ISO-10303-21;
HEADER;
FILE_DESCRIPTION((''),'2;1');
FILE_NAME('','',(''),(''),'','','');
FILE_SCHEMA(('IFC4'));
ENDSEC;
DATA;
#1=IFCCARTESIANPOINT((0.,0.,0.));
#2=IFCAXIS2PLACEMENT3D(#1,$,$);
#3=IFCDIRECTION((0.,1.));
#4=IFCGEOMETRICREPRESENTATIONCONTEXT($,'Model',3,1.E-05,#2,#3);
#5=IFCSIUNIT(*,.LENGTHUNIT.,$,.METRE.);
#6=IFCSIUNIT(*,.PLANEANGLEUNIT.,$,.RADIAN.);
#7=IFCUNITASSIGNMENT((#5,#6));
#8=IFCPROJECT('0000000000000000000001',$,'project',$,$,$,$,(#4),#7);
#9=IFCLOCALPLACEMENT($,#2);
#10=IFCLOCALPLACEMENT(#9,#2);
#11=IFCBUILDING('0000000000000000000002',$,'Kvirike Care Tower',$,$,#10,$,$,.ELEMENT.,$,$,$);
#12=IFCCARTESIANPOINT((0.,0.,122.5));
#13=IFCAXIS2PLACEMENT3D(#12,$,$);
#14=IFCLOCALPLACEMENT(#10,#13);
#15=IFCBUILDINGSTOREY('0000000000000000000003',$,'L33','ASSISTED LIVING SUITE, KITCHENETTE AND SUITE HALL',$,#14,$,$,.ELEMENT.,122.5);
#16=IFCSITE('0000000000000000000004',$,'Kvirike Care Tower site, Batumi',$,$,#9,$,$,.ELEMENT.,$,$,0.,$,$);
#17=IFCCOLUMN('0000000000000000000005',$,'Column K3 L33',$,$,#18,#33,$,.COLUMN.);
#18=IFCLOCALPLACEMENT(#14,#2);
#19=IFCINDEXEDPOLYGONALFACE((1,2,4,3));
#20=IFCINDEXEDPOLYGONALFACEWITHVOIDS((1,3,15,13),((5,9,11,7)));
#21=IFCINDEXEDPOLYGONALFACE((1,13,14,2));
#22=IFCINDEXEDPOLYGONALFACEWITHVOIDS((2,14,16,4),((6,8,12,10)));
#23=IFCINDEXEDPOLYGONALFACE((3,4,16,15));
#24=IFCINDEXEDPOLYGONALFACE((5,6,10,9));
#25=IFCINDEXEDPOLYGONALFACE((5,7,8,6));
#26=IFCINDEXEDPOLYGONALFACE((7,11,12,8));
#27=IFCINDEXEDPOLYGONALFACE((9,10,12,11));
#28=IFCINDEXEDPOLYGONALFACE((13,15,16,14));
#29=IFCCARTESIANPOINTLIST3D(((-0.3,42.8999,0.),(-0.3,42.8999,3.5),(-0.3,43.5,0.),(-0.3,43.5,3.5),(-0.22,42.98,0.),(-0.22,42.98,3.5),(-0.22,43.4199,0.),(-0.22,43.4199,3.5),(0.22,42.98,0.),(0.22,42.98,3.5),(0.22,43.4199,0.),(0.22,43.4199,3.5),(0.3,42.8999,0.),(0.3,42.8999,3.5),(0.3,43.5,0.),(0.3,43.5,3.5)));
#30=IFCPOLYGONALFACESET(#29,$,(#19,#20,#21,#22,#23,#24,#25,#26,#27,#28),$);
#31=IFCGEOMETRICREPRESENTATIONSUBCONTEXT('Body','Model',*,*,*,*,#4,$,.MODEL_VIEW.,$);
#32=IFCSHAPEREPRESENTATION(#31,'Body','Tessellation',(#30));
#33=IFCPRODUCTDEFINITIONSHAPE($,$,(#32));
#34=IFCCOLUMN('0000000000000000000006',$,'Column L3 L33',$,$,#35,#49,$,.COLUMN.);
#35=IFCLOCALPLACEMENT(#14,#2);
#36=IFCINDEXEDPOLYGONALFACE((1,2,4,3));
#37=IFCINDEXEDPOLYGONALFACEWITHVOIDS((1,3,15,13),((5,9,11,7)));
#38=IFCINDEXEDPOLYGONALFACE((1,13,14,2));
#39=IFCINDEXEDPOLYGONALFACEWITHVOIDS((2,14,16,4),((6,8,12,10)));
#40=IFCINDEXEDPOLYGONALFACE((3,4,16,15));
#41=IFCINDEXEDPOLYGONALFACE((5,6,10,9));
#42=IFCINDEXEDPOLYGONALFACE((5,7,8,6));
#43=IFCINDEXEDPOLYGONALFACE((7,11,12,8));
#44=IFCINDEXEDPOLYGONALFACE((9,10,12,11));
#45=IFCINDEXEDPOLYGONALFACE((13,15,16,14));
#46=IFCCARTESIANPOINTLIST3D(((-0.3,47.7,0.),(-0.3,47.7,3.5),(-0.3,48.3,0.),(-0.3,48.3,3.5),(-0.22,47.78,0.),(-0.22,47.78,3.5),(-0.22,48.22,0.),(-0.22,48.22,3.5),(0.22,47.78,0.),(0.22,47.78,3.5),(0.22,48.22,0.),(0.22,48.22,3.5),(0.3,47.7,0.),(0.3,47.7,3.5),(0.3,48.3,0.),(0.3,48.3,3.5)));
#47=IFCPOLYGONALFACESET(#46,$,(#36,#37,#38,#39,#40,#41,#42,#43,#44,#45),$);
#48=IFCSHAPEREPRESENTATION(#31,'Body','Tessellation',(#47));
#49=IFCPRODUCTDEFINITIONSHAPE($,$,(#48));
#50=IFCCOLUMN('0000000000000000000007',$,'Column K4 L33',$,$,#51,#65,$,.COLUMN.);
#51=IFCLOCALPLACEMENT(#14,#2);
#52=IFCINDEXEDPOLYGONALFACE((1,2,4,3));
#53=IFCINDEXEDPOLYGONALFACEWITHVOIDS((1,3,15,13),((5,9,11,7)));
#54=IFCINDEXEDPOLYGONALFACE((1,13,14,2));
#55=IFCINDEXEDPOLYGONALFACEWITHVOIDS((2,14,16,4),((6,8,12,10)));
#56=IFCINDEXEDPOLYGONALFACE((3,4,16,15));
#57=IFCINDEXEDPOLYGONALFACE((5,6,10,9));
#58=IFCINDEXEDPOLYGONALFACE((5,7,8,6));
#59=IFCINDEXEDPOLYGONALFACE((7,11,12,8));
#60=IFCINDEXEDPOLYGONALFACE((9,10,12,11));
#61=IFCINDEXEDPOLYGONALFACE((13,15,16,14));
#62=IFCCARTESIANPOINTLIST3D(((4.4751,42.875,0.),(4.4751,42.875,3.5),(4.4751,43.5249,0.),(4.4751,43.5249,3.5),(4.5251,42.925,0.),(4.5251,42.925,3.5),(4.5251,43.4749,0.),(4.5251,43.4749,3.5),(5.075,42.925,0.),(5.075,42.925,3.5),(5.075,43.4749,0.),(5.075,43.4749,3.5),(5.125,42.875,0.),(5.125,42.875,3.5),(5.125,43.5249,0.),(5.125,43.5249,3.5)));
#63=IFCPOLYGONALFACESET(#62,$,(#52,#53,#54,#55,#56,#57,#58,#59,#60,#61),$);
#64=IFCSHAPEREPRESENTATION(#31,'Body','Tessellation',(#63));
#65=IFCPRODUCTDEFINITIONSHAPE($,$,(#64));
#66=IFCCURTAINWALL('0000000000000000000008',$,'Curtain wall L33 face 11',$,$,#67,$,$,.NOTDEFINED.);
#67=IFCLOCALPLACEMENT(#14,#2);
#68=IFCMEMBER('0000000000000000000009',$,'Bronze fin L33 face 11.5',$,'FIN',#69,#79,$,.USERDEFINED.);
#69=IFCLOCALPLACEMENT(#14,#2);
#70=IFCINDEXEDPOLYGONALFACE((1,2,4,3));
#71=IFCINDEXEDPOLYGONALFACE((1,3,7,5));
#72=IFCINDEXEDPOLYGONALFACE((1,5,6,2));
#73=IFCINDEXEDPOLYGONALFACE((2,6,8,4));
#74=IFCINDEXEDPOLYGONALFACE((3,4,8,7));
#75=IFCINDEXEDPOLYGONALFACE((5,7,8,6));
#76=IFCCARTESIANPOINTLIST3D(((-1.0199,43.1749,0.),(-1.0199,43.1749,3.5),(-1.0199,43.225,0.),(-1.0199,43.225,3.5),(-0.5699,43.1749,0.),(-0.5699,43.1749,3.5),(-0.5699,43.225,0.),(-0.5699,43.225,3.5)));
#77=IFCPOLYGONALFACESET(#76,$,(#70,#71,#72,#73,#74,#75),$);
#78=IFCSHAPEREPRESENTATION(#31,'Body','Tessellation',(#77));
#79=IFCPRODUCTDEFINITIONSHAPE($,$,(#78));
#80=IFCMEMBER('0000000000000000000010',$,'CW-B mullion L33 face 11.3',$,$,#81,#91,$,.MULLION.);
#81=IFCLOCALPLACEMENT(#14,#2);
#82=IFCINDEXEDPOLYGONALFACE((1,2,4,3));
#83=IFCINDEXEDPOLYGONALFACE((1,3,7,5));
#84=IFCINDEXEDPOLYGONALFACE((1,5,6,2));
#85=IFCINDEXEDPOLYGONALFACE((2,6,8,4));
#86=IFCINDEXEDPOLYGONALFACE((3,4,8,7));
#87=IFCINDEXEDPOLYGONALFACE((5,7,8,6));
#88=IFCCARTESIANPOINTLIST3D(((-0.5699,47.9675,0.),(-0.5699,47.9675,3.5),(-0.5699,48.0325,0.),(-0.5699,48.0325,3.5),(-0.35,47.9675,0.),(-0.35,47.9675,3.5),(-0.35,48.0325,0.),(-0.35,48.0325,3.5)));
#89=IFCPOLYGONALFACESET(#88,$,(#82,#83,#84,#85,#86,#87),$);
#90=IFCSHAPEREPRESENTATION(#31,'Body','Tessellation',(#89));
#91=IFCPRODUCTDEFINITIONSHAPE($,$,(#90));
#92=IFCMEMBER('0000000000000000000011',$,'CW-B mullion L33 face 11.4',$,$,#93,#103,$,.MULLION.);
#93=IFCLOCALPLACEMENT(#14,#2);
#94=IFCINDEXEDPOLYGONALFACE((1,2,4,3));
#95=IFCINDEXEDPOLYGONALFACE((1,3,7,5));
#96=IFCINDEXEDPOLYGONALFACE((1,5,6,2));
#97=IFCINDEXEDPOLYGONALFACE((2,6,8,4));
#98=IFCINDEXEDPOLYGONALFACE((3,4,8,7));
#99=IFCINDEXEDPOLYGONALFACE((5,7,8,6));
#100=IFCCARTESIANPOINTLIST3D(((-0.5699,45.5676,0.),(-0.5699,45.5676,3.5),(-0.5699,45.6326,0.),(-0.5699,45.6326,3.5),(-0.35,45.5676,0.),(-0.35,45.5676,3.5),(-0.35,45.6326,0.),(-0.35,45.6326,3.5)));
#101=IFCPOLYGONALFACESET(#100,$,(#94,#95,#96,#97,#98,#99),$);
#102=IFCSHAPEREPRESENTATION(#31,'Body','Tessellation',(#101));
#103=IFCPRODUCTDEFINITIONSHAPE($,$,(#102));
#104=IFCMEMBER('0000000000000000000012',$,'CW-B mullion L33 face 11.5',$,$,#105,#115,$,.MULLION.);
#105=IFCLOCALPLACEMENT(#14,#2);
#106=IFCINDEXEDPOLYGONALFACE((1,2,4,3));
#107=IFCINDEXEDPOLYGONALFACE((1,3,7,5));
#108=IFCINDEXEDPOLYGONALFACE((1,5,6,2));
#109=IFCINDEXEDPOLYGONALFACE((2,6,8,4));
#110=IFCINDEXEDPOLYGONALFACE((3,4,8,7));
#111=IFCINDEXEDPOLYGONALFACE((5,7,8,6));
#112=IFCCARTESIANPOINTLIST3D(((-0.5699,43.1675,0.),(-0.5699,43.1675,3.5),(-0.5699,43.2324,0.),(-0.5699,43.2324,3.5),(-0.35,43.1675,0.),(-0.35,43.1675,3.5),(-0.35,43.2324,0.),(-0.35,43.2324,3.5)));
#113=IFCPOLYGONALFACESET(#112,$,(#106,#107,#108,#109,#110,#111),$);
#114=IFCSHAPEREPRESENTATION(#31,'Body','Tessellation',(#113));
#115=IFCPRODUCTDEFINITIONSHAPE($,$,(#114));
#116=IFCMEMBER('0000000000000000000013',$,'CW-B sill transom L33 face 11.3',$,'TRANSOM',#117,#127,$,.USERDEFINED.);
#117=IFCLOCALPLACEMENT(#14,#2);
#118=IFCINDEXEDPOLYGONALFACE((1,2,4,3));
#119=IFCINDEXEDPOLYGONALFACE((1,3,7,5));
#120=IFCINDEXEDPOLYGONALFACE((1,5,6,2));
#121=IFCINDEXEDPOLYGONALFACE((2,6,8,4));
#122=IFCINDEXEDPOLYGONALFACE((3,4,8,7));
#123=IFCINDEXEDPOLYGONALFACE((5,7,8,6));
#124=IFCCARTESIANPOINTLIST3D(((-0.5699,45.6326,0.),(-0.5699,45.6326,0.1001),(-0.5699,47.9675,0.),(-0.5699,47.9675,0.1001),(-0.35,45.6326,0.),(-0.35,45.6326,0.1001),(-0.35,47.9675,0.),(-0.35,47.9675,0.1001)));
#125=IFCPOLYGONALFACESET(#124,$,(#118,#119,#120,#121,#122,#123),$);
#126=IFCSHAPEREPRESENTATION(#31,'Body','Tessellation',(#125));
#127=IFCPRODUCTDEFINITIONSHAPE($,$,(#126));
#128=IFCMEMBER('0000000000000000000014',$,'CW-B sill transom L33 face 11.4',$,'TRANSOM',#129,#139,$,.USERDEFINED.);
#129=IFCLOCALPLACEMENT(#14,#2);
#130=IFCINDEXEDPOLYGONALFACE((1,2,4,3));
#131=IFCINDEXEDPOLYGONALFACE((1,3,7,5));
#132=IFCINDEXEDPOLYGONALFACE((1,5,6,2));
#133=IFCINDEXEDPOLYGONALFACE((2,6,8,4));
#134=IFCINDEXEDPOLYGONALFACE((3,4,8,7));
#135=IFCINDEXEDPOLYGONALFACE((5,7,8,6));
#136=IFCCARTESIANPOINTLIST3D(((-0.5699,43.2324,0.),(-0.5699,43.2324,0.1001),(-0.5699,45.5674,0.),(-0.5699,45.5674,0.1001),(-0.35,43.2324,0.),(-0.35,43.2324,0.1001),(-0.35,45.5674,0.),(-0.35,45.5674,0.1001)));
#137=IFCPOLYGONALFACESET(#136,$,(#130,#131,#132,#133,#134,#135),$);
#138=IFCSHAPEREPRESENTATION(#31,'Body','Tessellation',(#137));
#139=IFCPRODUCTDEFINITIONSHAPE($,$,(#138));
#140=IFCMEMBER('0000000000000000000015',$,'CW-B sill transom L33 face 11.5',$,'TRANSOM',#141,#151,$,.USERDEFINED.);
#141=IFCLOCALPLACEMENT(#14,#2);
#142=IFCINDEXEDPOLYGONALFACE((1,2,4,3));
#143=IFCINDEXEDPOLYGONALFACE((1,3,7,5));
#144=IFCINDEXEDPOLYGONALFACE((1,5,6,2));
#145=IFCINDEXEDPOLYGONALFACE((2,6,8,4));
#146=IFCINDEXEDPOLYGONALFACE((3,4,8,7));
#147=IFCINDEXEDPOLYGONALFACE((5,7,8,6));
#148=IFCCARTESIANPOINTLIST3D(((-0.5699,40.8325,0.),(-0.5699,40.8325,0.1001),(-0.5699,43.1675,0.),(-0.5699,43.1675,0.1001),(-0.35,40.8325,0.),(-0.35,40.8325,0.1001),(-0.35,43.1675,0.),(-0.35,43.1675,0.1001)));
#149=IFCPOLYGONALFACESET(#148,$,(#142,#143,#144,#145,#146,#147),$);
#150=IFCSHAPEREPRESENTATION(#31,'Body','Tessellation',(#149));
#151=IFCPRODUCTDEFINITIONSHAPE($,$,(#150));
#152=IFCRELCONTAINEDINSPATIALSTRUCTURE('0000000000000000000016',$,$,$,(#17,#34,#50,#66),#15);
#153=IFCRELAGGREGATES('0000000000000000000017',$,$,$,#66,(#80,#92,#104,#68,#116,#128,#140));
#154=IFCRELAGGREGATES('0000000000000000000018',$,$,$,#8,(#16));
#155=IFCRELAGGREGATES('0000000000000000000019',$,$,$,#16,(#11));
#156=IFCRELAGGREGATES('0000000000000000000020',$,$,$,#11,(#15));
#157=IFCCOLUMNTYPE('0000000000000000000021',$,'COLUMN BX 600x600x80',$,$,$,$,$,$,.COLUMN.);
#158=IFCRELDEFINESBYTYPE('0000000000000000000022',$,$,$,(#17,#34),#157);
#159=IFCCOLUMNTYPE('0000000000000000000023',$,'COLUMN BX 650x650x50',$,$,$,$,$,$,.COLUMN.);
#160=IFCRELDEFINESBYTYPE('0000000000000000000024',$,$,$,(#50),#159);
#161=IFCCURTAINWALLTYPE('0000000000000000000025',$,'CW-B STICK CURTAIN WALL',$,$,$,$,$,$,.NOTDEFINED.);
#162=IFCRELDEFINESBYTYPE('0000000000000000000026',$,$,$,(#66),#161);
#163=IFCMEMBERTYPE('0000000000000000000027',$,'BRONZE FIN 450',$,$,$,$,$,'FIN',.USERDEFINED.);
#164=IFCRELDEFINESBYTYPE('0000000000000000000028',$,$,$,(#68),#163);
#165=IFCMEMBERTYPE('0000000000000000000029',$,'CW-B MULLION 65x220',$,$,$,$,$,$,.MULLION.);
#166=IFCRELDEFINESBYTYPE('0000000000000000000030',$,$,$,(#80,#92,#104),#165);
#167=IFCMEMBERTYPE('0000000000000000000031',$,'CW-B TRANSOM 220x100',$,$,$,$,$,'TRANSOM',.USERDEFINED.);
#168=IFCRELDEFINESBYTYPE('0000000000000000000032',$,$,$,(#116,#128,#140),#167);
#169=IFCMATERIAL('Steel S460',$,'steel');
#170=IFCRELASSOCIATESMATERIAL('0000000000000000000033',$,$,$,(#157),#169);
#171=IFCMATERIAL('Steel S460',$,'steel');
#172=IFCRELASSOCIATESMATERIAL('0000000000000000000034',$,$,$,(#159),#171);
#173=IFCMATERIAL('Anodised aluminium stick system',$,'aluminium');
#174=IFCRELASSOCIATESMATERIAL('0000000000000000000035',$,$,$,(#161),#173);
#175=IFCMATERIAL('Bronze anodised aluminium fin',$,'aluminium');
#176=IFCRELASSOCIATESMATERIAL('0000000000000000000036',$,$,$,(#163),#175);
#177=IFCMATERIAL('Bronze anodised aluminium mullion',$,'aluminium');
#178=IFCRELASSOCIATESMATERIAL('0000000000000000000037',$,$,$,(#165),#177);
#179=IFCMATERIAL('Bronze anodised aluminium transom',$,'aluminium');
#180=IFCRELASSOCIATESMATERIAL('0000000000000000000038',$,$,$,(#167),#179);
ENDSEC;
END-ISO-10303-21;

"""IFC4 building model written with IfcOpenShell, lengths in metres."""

from ifc_helpers import new_model, si_unit, direction, frame, origin, origin_2d, place, context, subcontext, project, spatial, rectangle, hollow_rectangle, extrude, material, material_profile, profile_set, type_object, element, aggregate, save


model = new_model("IFC4")

# Units and contexts
model_context = context("Model", 3, precision=1e-05, world=origin(), true_north=direction((0.0, 1.0)))
body_context = subcontext(model_context, "Body", "Model", "MODEL_VIEW")
ifc_project = project(units=[si_unit("LENGTHUNIT", "METRE"), si_unit("PLANEANGLEUNIT", "RADIAN")], contexts=[model_context])

# Site, building, storey
site_placement = place(None, origin())
site = spatial("IfcSite", under=ifc_project, at=site_placement, Name="Kvirike Care Tower site, Batumi", CompositionType="ELEMENT", RefElevation=0.0)
building_placement = place(site_placement, origin())
building = spatial("IfcBuilding", under=site, at=building_placement, Name="Kvirike Care Tower", CompositionType="ELEMENT")
storey_placement = place(building_placement, frame((0.0, 0.0, 122.5)))
storey = spatial("IfcBuildingStorey", under=building, at=storey_placement, Name="L33", Description="ASSISTED LIVING SUITE, KITCHENETTE AND SUITE HALL", CompositionType="ELEMENT", Elevation=122.5)

# Columns
ifc_material_1 = material(Name="Steel S460", Category="steel")
ifc_material_profile_1 = material_profile(ifc_material_1, hollow_rectangle(XDim=0.6001, YDim=0.6001, WallThickness=0.0801, at=origin_2d()), Name="BX 600x600x80")
ifc_profile_set_1 = profile_set([ifc_material_profile_1], Name="Steel S460")
column_type_1 = type_object("IfcColumnType", Name="COLUMN BX 600x600x80", PredefinedType="COLUMN", material=ifc_profile_set_1)
for number, where, z_axis, x_axis, name in (
    (1, (0.0, 43.2, 0.0), (0.0, 0.0, 1.0), (0.0, 1.0, 0.0), "Column K3 L33"),
    (2, (0.0, 48.0, 0.0), (0.0, 0.0, 1.0), (1.0, 0.0, 0.0), "Column L3 L33"),
):
    element("IfcColumn", number, at=place(storey_placement, frame(where, z_axis=z_axis, x_axis=x_axis)), inside=storey, type_object=column_type_1, Name=name, PredefinedType="COLUMN", context=body_context, shape_type="SweptSolid", body=[
        extrude(hollow_rectangle(XDim=0.6001, YDim=0.6001, WallThickness=0.0801, at=origin_2d()), origin(), (0.0, 0.0, 1.0), 3.5),
    ])
ifc_material_2 = material(Name="Steel S460", Category="steel")
ifc_material_profile_2 = material_profile(ifc_material_2, hollow_rectangle(XDim=0.6499, YDim=0.6499, WallThickness=0.05, at=origin_2d()), Name="BX 650x650x50")
ifc_profile_set_2 = profile_set([ifc_material_profile_2], Name="Steel S460")
column_type_2 = type_object("IfcColumnType", Name="COLUMN BX 650x650x50", PredefinedType="COLUMN", material=ifc_profile_set_2)
column_placement = place(storey_placement, frame((4.8, 43.2, 0.0), z_axis=(0.0, 0.0, 1.0), x_axis=(0.0, 1.0, 0.0)))
element("IfcColumn", 3, at=column_placement, inside=storey, type_object=column_type_2, Name="Column K4 L33", PredefinedType="COLUMN", context=body_context, shape_type="SweptSolid", body=[
    extrude(hollow_rectangle(XDim=0.6499, YDim=0.6499, WallThickness=0.05, at=origin_2d()), origin(), (0.0, 0.0, 1.0), 3.5),
])

# Curtain wall, members
ifc_material_3 = material(Name="Anodised aluminium stick system", Category="aluminium")
curtain_wall_type = type_object("IfcCurtainWallType", Name="CW-B STICK CURTAIN WALL", PredefinedType="NOTDEFINED", material=ifc_material_3)
curtain_wall_placement = place(storey_placement, origin())
curtain_wall = element("IfcCurtainWall", 4, at=curtain_wall_placement, inside=storey, type_object=curtain_wall_type, Name="Curtain wall L33 face 11", PredefinedType="NOTDEFINED")
ifc_material_4 = material(Name="Bronze anodised aluminium fin", Category="aluminium")
ifc_material_profile_3 = material_profile(ifc_material_4, rectangle(XDim=0.05, YDim=0.45, at=origin_2d()), Name="BRONZE FIN 450")
ifc_profile_set_3 = profile_set([ifc_material_profile_3], Name="Bronze anodised aluminium fin")
member_type_1 = type_object("IfcMemberType", Name="BRONZE FIN 450", ElementType="FIN", PredefinedType="USERDEFINED", material=ifc_profile_set_3)
member_1_placement = place(storey_placement, frame((-0.7949, 43.2, 0.0), z_axis=(0.0, 0.0, 1.0), x_axis=(0.0, -1.0, 0.0)))
member_1 = element("IfcMember", 5, at=member_1_placement, type_object=member_type_1, Name="Bronze fin L33 face 11.5", ObjectType="FIN", PredefinedType="USERDEFINED", context=body_context, shape_type="SweptSolid", body=[
    extrude(rectangle(XDim=0.05, YDim=0.45, at=origin_2d()), origin(), (0.0, 0.0, 1.0), 3.5),
])
ifc_material_5 = material(Name="Bronze anodised aluminium mullion", Category="aluminium")
ifc_material_profile_4 = material_profile(ifc_material_5, rectangle(XDim=0.0649, YDim=0.22, at=origin_2d()), Name="CW-B MULLION 65x220")
ifc_profile_set_4 = profile_set([ifc_material_profile_4], Name="Bronze anodised aluminium mullion")
member_type_2 = type_object("IfcMemberType", Name="CW-B MULLION 65x220", PredefinedType="MULLION", material=ifc_profile_set_4)
member_2_placement = place(storey_placement, frame((-0.46, 48.0, 0.0), z_axis=(0.0, 0.0, 1.0), x_axis=(0.0, -1.0, 0.0)))
member_2 = element("IfcMember", 6, at=member_2_placement, type_object=member_type_2, Name="CW-B mullion L33 face 11.3", PredefinedType="MULLION", context=body_context, shape_type="SweptSolid", body=[
    extrude(rectangle(XDim=0.0649, YDim=0.22, at=origin_2d()), origin(), (0.0, 0.0, 1.0), 3.5),
])
member_3_placement = place(storey_placement, frame((-0.46, 45.6001, 0.0), z_axis=(0.0, 0.0, 1.0), x_axis=(0.0, -1.0, 0.0)))
member_3 = element("IfcMember", 7, at=member_3_placement, type_object=member_type_2, Name="CW-B mullion L33 face 11.4", PredefinedType="MULLION", context=body_context, shape_type="SweptSolid", body=[
    extrude(rectangle(XDim=0.0649, YDim=0.22, at=origin_2d()), origin(), (0.0, 0.0, 1.0), 3.5),
])
member_4_placement = place(storey_placement, frame((-0.46, 43.2, 0.0), z_axis=(0.0, 0.0, 1.0), x_axis=(0.0, -1.0, 0.0)))
member_4 = element("IfcMember", 8, at=member_4_placement, type_object=member_type_2, Name="CW-B mullion L33 face 11.5", PredefinedType="MULLION", context=body_context, shape_type="SweptSolid", body=[
    extrude(rectangle(XDim=0.0649, YDim=0.22, at=origin_2d()), origin(), (0.0, 0.0, 1.0), 3.5),
])
ifc_material_6 = material(Name="Bronze anodised aluminium transom", Category="aluminium")
ifc_material_profile_5 = material_profile(ifc_material_6, rectangle(XDim=0.22, YDim=0.1001, at=origin_2d()), Name="CW-B TRANSOM 220x100")
ifc_profile_set_5 = profile_set([ifc_material_profile_5], Name="Bronze anodised aluminium transom")
member_type_3 = type_object("IfcMemberType", Name="CW-B TRANSOM 220x100", ElementType="TRANSOM", PredefinedType="USERDEFINED", material=ifc_profile_set_5)
member_5_placement = place(storey_placement, frame((-0.46, 47.9675, 0.05), z_axis=(0.0, -1.0, 0.0), x_axis=(1.0, 0.0, 0.0)))
member_5 = element("IfcMember", 9, at=member_5_placement, type_object=member_type_3, Name="CW-B sill transom L33 face 11.3", ObjectType="TRANSOM", PredefinedType="USERDEFINED", context=body_context, shape_type="SweptSolid", body=[
    extrude(rectangle(XDim=0.22, YDim=0.1001, at=origin_2d()), origin(), (0.0, 0.0, 1.0), 2.335),
])
member_6_placement = place(storey_placement, frame((-0.46, 45.5674, 0.05), z_axis=(0.0, -1.0, 0.0), x_axis=(1.0, 0.0, 0.0)))
member_6 = element("IfcMember", 10, at=member_6_placement, type_object=member_type_3, Name="CW-B sill transom L33 face 11.4", ObjectType="TRANSOM", PredefinedType="USERDEFINED", context=body_context, shape_type="SweptSolid", body=[
    extrude(rectangle(XDim=0.22, YDim=0.1001, at=origin_2d()), origin(), (0.0, 0.0, 1.0), 2.335),
])
member_7_placement = place(storey_placement, frame((-0.46, 43.1675, 0.05), z_axis=(0.0, -1.0, 0.0), x_axis=(1.0, 0.0, 0.0)))
member_7 = element("IfcMember", 11, at=member_7_placement, type_object=member_type_3, Name="CW-B sill transom L33 face 11.5", ObjectType="TRANSOM", PredefinedType="USERDEFINED", context=body_context, shape_type="SweptSolid", body=[
    extrude(rectangle(XDim=0.22, YDim=0.1001, at=origin_2d()), origin(), (0.0, 0.0, 1.0), 2.335),
])

aggregate(curtain_wall, [member_2, member_3, member_4, member_1, member_5, member_6, member_7])

save(model, "model.ifc")
